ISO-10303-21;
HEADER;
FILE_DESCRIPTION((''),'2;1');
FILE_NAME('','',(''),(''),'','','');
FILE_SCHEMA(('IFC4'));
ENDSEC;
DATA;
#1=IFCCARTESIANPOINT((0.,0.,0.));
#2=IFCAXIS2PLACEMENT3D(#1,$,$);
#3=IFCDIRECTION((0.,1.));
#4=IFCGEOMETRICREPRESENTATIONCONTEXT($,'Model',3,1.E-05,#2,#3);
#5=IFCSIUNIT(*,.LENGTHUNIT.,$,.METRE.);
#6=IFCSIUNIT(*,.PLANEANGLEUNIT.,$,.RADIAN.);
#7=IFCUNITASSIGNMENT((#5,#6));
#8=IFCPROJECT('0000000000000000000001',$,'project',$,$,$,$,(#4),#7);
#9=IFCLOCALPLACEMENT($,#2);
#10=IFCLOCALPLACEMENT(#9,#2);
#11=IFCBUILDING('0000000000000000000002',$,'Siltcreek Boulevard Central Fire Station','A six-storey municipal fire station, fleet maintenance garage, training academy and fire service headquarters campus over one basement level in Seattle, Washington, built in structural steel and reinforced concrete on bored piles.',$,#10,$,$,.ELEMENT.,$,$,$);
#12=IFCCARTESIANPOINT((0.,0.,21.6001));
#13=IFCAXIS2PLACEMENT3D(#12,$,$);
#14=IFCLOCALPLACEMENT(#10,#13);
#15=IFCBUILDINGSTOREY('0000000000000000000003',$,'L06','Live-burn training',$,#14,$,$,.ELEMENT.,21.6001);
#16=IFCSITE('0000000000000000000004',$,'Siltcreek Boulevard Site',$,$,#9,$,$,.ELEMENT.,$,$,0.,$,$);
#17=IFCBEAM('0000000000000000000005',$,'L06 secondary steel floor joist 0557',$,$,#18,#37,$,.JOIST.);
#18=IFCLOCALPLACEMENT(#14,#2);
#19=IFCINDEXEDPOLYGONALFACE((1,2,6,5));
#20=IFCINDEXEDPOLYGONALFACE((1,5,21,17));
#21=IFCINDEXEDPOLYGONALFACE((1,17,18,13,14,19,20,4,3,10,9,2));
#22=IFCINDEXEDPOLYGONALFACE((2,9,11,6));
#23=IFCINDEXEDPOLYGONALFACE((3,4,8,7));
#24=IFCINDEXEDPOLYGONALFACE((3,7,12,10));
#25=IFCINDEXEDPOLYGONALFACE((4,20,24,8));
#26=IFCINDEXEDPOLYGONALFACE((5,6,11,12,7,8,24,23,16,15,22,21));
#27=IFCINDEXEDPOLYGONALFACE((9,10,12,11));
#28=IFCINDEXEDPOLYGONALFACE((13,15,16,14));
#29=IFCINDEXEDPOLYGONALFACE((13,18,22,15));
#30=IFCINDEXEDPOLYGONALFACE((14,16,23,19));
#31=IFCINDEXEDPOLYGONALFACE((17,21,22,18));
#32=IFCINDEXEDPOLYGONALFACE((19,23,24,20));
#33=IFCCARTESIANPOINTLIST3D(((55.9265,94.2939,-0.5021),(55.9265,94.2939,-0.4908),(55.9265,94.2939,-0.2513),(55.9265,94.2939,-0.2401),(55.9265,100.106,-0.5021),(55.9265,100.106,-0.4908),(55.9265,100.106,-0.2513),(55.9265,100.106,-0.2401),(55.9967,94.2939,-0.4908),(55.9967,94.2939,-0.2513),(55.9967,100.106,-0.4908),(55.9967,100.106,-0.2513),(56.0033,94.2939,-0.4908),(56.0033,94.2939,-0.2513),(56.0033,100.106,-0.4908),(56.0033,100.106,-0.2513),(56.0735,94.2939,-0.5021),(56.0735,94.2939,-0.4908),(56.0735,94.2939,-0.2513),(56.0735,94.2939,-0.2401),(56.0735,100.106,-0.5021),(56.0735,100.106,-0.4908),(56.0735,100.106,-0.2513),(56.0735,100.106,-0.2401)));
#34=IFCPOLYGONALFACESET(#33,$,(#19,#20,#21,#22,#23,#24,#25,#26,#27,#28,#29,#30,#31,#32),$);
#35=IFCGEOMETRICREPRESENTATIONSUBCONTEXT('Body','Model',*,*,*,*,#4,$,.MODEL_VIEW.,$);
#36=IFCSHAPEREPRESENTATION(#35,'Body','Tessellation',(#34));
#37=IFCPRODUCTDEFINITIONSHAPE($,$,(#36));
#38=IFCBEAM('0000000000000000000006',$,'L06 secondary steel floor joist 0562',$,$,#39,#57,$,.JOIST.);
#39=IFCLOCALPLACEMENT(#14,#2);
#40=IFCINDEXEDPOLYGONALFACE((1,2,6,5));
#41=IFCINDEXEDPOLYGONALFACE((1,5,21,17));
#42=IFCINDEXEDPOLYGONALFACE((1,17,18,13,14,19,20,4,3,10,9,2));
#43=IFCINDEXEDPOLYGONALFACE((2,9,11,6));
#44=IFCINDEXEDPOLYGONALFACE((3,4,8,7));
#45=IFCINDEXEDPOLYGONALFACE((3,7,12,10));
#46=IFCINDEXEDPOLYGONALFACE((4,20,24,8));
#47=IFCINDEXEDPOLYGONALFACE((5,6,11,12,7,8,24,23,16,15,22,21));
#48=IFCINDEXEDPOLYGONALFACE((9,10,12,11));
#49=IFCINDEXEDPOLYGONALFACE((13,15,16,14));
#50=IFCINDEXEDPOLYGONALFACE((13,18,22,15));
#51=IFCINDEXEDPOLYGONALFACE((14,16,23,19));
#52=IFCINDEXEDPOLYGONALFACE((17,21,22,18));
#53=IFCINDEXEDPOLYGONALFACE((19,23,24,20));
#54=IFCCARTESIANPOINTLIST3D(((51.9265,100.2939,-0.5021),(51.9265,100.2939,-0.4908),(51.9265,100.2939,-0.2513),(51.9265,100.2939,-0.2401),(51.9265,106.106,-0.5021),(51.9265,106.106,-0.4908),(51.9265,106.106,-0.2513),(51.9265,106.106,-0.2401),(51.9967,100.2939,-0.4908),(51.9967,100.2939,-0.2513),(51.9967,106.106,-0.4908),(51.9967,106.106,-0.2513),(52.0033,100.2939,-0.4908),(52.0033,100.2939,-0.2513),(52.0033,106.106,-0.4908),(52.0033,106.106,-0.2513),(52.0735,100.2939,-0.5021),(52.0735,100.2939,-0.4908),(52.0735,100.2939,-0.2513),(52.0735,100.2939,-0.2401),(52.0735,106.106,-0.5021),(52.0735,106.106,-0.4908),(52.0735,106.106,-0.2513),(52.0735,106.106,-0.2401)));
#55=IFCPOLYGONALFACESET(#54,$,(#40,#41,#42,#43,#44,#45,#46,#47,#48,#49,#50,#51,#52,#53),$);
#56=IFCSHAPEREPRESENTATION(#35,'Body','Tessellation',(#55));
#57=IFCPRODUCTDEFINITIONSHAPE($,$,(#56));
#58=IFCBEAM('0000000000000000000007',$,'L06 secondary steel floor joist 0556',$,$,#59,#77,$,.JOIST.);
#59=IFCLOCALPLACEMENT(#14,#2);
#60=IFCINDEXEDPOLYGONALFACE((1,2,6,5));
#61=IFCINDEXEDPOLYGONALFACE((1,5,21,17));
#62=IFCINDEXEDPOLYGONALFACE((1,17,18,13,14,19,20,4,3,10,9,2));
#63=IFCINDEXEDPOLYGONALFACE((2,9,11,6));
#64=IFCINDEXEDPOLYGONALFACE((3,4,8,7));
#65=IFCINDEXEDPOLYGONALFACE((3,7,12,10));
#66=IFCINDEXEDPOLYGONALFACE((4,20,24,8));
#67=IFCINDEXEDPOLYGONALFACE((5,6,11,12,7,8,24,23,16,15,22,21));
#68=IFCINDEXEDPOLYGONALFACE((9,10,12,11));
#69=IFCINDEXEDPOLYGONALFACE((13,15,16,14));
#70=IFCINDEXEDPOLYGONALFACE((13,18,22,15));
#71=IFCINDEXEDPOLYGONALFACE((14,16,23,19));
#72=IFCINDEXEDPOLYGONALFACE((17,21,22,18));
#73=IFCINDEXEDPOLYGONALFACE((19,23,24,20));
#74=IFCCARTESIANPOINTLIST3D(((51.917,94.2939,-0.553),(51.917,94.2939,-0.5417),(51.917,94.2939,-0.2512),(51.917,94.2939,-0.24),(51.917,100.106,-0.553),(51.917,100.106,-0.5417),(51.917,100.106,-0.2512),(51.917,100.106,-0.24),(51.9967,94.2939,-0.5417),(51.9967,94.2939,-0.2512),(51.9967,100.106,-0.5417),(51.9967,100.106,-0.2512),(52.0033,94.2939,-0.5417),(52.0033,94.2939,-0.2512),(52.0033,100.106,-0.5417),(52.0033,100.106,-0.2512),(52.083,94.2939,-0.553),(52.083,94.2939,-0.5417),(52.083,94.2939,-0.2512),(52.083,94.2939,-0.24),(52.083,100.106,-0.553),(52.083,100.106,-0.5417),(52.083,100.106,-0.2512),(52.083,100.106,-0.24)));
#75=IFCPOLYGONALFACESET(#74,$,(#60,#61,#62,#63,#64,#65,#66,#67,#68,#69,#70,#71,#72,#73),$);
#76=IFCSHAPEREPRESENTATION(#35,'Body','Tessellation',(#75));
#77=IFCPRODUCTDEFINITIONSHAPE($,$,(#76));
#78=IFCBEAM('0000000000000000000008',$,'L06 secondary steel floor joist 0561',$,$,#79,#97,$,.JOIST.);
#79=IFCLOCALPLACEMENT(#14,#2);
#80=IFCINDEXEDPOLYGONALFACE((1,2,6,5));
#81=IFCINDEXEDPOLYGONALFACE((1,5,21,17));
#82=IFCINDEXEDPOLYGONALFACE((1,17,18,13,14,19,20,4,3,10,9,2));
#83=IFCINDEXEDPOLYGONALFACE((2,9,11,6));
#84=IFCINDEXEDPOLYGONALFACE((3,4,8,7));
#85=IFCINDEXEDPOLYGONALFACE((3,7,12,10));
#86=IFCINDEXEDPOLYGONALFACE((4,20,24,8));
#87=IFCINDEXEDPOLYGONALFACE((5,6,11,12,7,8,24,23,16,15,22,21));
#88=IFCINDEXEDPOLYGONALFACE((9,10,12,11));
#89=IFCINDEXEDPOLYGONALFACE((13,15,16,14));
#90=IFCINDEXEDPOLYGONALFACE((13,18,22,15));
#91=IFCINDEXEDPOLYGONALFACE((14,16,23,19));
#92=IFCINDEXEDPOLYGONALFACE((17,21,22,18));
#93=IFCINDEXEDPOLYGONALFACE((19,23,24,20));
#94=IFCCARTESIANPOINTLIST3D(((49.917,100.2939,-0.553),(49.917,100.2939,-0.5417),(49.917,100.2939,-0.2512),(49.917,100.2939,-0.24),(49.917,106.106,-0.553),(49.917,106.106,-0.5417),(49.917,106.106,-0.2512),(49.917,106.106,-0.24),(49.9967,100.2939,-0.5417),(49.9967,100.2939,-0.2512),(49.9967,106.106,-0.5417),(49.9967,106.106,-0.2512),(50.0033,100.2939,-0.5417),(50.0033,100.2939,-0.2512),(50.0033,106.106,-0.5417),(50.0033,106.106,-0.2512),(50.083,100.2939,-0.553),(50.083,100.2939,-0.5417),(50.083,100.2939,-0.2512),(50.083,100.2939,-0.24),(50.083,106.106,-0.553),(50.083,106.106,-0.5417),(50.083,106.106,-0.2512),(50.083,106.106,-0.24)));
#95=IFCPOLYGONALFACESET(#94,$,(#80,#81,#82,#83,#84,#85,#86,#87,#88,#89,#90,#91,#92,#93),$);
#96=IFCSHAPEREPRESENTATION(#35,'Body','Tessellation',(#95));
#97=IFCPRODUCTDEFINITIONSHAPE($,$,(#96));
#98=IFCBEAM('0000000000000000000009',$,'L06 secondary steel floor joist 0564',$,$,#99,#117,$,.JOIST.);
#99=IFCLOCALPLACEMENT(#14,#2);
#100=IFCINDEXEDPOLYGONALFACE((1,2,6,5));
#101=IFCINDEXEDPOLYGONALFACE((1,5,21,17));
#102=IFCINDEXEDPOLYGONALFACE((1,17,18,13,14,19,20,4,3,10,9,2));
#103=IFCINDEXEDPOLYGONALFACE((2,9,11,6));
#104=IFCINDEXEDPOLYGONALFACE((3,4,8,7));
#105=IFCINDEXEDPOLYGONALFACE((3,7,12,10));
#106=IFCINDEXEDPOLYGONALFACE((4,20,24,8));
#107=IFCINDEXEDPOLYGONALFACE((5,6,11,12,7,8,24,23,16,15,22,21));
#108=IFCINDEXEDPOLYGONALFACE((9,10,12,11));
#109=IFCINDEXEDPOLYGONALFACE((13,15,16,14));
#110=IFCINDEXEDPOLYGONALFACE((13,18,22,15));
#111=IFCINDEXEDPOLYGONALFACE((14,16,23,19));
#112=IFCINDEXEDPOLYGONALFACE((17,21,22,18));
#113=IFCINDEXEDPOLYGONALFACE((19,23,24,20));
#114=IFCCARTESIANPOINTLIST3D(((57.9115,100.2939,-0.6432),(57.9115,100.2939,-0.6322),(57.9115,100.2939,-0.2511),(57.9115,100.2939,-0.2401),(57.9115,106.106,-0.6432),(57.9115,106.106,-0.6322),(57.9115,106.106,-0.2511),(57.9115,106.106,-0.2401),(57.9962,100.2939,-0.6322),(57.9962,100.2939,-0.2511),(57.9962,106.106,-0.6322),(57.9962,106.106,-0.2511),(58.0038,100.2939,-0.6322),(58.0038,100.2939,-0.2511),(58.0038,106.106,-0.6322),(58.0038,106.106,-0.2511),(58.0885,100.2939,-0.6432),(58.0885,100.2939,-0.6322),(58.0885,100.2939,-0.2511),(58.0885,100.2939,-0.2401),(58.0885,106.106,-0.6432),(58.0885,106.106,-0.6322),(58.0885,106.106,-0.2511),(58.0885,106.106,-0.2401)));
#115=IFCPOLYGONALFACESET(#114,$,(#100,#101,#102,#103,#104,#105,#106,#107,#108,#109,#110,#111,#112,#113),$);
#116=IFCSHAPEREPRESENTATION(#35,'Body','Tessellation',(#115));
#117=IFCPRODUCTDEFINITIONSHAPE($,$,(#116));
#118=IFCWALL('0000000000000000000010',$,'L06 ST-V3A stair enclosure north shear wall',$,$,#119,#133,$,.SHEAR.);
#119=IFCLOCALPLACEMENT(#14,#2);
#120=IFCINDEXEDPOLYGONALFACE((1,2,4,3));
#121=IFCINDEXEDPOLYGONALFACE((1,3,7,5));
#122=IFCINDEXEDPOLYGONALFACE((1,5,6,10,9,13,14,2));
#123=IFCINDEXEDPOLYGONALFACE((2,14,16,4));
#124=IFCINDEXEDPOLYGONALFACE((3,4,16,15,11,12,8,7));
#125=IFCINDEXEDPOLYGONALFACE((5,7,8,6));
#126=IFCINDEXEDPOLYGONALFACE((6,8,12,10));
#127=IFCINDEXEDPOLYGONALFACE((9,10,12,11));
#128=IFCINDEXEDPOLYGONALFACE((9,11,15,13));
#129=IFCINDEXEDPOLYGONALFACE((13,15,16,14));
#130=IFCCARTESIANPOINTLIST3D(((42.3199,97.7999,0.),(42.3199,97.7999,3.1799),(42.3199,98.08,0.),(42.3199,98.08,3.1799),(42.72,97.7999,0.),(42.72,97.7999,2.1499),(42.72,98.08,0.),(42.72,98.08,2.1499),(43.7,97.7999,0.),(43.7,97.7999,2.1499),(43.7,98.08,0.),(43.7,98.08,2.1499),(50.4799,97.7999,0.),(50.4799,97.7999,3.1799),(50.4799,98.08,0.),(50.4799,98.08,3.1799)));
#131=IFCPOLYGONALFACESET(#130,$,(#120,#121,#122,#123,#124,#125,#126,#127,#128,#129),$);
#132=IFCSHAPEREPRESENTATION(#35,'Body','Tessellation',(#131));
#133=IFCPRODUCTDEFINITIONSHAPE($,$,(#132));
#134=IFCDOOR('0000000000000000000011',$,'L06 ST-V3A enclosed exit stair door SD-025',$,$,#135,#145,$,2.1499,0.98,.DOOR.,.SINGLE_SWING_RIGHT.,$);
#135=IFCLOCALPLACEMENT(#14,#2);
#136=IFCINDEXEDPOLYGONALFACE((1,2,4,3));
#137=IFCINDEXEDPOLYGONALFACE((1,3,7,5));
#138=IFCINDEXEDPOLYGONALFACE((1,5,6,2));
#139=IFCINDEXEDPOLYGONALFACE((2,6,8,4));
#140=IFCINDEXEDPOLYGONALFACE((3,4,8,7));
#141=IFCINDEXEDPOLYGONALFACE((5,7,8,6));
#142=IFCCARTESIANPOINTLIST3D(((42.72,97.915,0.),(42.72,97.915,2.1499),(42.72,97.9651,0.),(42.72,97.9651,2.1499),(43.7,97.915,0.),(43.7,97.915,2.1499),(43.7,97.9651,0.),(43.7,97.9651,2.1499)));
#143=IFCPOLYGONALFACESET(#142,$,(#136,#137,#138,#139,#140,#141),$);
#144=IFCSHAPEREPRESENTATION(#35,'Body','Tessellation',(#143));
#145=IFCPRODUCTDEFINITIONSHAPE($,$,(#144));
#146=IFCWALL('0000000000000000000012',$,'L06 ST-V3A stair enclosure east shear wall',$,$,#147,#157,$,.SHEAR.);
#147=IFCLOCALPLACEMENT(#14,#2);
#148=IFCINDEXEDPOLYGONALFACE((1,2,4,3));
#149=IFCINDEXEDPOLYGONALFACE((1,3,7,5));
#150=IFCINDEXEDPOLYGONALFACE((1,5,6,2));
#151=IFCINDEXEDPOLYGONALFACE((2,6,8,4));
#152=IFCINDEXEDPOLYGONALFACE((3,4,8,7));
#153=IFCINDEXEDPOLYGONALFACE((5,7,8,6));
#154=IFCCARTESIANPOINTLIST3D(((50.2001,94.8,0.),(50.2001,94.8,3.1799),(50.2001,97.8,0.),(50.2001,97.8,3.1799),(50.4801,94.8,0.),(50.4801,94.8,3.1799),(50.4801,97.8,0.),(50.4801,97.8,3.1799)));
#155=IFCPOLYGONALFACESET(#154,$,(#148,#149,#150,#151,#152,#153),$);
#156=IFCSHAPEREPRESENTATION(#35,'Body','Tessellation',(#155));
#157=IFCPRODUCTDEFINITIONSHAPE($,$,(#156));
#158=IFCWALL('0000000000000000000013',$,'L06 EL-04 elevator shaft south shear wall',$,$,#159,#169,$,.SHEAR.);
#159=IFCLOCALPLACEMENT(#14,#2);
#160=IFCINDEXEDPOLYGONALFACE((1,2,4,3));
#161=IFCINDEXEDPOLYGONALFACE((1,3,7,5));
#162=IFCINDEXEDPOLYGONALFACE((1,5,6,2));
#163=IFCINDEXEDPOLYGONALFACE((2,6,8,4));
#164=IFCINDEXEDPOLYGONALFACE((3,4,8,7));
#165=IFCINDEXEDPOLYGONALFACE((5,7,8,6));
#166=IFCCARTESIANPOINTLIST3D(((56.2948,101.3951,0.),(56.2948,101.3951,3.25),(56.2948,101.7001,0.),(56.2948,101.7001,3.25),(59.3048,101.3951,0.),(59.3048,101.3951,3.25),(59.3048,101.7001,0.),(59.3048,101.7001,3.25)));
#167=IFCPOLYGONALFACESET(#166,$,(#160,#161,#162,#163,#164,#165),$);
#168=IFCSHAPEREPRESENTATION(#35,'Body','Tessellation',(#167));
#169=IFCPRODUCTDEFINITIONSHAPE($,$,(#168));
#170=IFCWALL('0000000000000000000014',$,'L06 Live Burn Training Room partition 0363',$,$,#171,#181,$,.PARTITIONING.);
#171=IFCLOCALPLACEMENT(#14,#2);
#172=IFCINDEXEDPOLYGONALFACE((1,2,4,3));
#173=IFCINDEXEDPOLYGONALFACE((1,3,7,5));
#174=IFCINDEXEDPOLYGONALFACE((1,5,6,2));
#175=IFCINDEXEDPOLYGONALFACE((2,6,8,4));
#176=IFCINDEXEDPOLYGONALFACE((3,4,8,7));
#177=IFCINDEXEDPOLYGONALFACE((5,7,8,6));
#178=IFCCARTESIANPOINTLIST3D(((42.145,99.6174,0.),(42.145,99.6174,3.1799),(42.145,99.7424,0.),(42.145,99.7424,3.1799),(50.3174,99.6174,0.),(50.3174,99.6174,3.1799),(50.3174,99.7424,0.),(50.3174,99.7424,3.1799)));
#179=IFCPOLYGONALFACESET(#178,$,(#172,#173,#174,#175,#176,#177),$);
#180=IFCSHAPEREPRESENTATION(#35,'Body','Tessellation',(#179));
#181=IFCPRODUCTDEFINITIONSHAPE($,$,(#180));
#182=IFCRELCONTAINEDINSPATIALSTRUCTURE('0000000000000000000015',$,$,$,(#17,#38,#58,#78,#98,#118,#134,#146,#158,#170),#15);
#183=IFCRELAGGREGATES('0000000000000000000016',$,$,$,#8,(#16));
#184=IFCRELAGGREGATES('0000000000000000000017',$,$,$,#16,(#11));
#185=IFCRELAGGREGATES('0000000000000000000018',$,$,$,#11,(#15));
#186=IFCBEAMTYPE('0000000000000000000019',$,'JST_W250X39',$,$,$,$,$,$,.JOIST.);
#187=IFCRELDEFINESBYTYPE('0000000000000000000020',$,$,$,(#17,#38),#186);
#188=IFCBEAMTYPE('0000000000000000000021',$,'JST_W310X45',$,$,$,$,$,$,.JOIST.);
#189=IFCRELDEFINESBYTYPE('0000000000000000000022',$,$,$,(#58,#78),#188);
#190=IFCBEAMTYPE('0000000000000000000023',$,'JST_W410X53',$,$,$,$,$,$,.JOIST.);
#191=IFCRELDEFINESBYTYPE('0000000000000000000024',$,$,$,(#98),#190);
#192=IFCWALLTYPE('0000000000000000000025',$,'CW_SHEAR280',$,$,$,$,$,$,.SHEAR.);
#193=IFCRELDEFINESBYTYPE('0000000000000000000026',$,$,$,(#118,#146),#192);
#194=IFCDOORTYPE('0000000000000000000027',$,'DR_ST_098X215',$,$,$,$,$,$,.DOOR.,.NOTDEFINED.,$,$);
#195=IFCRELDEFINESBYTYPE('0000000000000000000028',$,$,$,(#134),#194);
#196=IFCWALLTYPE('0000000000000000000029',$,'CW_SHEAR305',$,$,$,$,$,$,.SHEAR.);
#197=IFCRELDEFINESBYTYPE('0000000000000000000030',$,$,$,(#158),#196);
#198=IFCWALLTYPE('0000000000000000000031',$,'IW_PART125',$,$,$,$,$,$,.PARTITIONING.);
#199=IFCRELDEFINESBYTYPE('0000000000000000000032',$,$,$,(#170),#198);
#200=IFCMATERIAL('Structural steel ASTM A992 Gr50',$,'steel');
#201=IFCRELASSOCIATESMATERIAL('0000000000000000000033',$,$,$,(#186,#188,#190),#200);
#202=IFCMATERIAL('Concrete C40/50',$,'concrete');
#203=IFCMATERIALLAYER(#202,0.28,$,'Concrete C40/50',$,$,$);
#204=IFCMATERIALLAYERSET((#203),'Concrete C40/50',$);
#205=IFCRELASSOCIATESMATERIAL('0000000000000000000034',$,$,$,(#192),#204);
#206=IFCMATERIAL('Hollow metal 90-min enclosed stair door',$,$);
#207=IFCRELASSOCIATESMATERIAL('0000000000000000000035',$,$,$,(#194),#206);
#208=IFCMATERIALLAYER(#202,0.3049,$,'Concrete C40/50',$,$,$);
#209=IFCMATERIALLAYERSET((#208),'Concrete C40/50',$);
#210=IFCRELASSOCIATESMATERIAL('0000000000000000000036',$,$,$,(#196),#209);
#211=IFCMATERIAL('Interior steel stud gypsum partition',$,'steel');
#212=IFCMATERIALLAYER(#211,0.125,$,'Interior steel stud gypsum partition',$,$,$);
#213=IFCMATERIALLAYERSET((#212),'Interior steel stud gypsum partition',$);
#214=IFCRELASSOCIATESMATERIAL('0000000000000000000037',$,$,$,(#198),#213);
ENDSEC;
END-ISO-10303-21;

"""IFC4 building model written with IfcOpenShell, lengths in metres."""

from ifc_helpers import new_model, si_unit, direction, frame, frame_2d, origin, origin_2d, place, context, subcontext, project, spatial, rectangle, i_section, extrude, material, layer, layer_set, material_profile, profile_set, type_object, element, fill, save


model = new_model("IFC4")

# Units and contexts
model_context = context("Model", 3, precision=1e-05, world=origin(), true_north=direction((0.0, 1.0)))
body_context = subcontext(model_context, "Body", "Model", "MODEL_VIEW")
ifc_project = project(units=[si_unit("LENGTHUNIT", "METRE"), si_unit("PLANEANGLEUNIT", "RADIAN")], contexts=[model_context])

# Site, building, storey
site_placement = place(None, origin())
site = spatial("IfcSite", under=ifc_project, at=site_placement, Name="Siltcreek Boulevard Site", CompositionType="ELEMENT", RefElevation=0.0)
building_placement = place(site_placement, origin())
building = spatial("IfcBuilding", under=site, at=building_placement, Name="Siltcreek Boulevard Central Fire Station", Description="A six-storey municipal fire station, fleet maintenance garage, training academy and fire service headquarters campus over one basement level in Seattle, Washington, built in structural steel and reinforced concrete on bored piles.", CompositionType="ELEMENT")
storey_placement = place(building_placement, frame((0.0, 0.0, 21.6001)))
storey = spatial("IfcBuildingStorey", under=building, at=storey_placement, Name="L06", Description="Live-burn training", CompositionType="ELEMENT", Elevation=21.6001)

# Shared definitions
ifc_material_1 = material(Name="Structural steel ASTM A992 Gr50", Category="steel")

# Beams
ifc_material_profile_1 = material_profile(ifc_material_1, i_section(OverallWidth=0.147, OverallDepth=0.262, WebThickness=0.0066, FlangeThickness=0.0112, at=origin_2d()), Name="W250X39")
ifc_profile_set_1 = profile_set([ifc_material_profile_1], Name="Structural steel ASTM A992 Gr50")
beam_type_1 = type_object("IfcBeamType", Name="JST_W250X39", PredefinedType="JOIST", material=ifc_profile_set_1)
for number, where, z_axis, x_axis, name in (
    (1, (56.0, 94.2939, -0.3711), (0.0, 1.0, 0.0), (-1.0, 0.0, 0.0), "L06 secondary steel floor joist 0557"),
    (2, (52.0, 100.2939, -0.3711), (0.0, 1.0, 0.0), (-1.0, 0.0, 0.0), "L06 secondary steel floor joist 0562"),
):
    element("IfcBeam", number, at=place(storey_placement, frame(where, z_axis=z_axis, x_axis=x_axis)), inside=storey, type_object=beam_type_1, Name=name, PredefinedType="JOIST", context=body_context, shape_type="SweptSolid", body=[
        extrude(i_section(OverallWidth=0.147, OverallDepth=0.262, WebThickness=0.0066, FlangeThickness=0.0112, at=origin_2d()), origin(), (0.0, 0.0, 1.0), 5.812),
    ])
ifc_material_profile_2 = material_profile(ifc_material_1, i_section(OverallWidth=0.166, OverallDepth=0.313, WebThickness=0.0066, FlangeThickness=0.0112, at=origin_2d()), Name="W310X45")
ifc_profile_set_2 = profile_set([ifc_material_profile_2], Name="Structural steel ASTM A992 Gr50")
beam_type_2 = type_object("IfcBeamType", Name="JST_W310X45", PredefinedType="JOIST", material=ifc_profile_set_2)
for number, where, z_axis, x_axis, name in (
    (3, (52.0, 94.2939, -0.3965), (0.0, 1.0, 0.0), (-1.0, 0.0, 0.0), "L06 secondary steel floor joist 0556"),
    (4, (50.0, 100.2939, -0.3965), (0.0, 1.0, 0.0), (-1.0, 0.0, 0.0), "L06 secondary steel floor joist 0561"),
):
    element("IfcBeam", number, at=place(storey_placement, frame(where, z_axis=z_axis, x_axis=x_axis)), inside=storey, type_object=beam_type_2, Name=name, PredefinedType="JOIST", context=body_context, shape_type="SweptSolid", body=[
        extrude(i_section(OverallWidth=0.166, OverallDepth=0.313, WebThickness=0.0066, FlangeThickness=0.0112, at=origin_2d()), origin(), (0.0, 0.0, 1.0), 5.812),
    ])
ifc_material_profile_3 = material_profile(ifc_material_1, i_section(OverallWidth=0.177, OverallDepth=0.4031, WebThickness=0.0076, FlangeThickness=0.011, at=origin_2d()), Name="W410X53")
ifc_profile_set_3 = profile_set([ifc_material_profile_3], Name="Structural steel ASTM A992 Gr50")
beam_type_3 = type_object("IfcBeamType", Name="JST_W410X53", PredefinedType="JOIST", material=ifc_profile_set_3)
beam_placement = place(storey_placement, frame((58.0, 100.2939, -0.4417), z_axis=(0.0, 1.0, 0.0), x_axis=(-1.0, 0.0, 0.0)))
element("IfcBeam", 5, at=beam_placement, inside=storey, type_object=beam_type_3, Name="L06 secondary steel floor joist 0564", PredefinedType="JOIST", context=body_context, shape_type="SweptSolid", body=[
    extrude(i_section(OverallWidth=0.177, OverallDepth=0.4031, WebThickness=0.0076, FlangeThickness=0.011, at=origin_2d()), origin(), (0.0, 0.0, 1.0), 5.812),
])

# Wall, opening, door
ifc_material_2 = material(Name="Concrete C40/50", Category="concrete")
ifc_layer_1 = layer(ifc_material_2, 0.28, Name="Concrete C40/50")
ifc_layer_set_1 = layer_set([ifc_layer_1], Name="Concrete C40/50")
wall_type_1 = type_object("IfcWallType", Name="CW_SHEAR280", PredefinedType="SHEAR", material=ifc_layer_set_1)
wall_1_placement = place(storey_placement, frame((50.48, 97.9399, 0.0), z_axis=(0.0, 0.0, 1.0), x_axis=(-1.0, 0.0, 0.0)))
wall_1 = element("IfcWall", 6, at=wall_1_placement, inside=storey, type_object=wall_type_1, Name="L06 ST-V3A stair enclosure north shear wall", PredefinedType="SHEAR", context=body_context, shape_type="SweptSolid", body=[
    extrude(rectangle(XDim=8.1599, YDim=0.28, at=frame_2d((4.0801, 0.0))), origin(), (0.0, 0.0, 1.0), 3.1799),
])
opening_1_placement = place(wall_1_placement, frame((6.78, 0.0, 0.0)))
opening_1 = element("IfcOpeningElement", 7, at=opening_1_placement, cuts=wall_1, PredefinedType="OPENING", context=body_context, shape_type="SweptSolid", body=[
    extrude(rectangle(XDim=0.98, YDim=2.1499, at=frame_2d((0.49, 1.075))), frame((0.0, 0.1499, 0.0), z_axis=(0.0, -1.0, 0.0), x_axis=(1.0, 0.0, 0.0)), (0.0, 0.0, 1.0), 0.3),
])
ifc_material_3 = material(Name="Hollow metal 90-min enclosed stair door")
door_type_1 = type_object("IfcDoorType", Name="DR_ST_098X215", OperationType="NOTDEFINED", PredefinedType="DOOR", material=ifc_material_3)
door_1_placement = place(opening_1_placement, origin())
door_1 = element("IfcDoor", 8, at=door_1_placement, inside=storey, type_object=door_type_1, Name="L06 ST-V3A enclosed exit stair door SD-025", OperationType="SINGLE_SWING_RIGHT", OverallHeight=2.1499, OverallWidth=0.98, PredefinedType="DOOR", context=body_context, shape_type="SweptSolid", body=[
    extrude(rectangle(XDim=0.98, YDim=2.1499, at=frame_2d((0.49, 1.075))), frame((0.0, 0.0249, 0.0), z_axis=(0.0, -1.0, 0.0), x_axis=(1.0, 0.0, 0.0)), (0.0, 0.0, 1.0), 0.05),
])
fill(opening_1, door_1)

# Walls
wall_2_placement = place(storey_placement, frame((50.3401, 94.8, 0.0), z_axis=(0.0, 0.0, 1.0), x_axis=(0.0, 1.0, 0.0)))
element("IfcWall", 9, at=wall_2_placement, inside=storey, type_object=wall_type_1, Name="L06 ST-V3A stair enclosure east shear wall", PredefinedType="SHEAR", context=body_context, shape_type="SweptSolid", body=[
    extrude(rectangle(XDim=3.0, YDim=0.28, at=frame_2d((1.5, 0.0))), origin(), (0.0, 0.0, 1.0), 3.1799),
])
ifc_layer_2 = layer(ifc_material_2, 0.3049, Name="Concrete C40/50")
ifc_layer_set_2 = layer_set([ifc_layer_2], Name="Concrete C40/50")
wall_type_2 = type_object("IfcWallType", Name="CW_SHEAR305", PredefinedType="SHEAR", material=ifc_layer_set_2)
wall_3_placement = place(storey_placement, frame((56.2949, 101.5476, 0.0), z_axis=(0.0, 0.0, 1.0), x_axis=(1.0, 0.0, 0.0)))
element("IfcWall", 10, at=wall_3_placement, inside=storey, type_object=wall_type_2, Name="L06 EL-04 elevator shaft south shear wall", PredefinedType="SHEAR", context=body_context, shape_type="SweptSolid", body=[
    extrude(rectangle(XDim=3.01, YDim=0.3049, at=frame_2d((1.5049, 0.0))), origin(), (0.0, 0.0, 1.0), 3.25),
])
ifc_material_4 = material(Name="Interior steel stud gypsum partition", Category="steel")
ifc_layer_3 = layer(ifc_material_4, 0.125, Name="Interior steel stud gypsum partition")
ifc_layer_set_3 = layer_set([ifc_layer_3], Name="Interior steel stud gypsum partition")
wall_type_3 = type_object("IfcWallType", Name="IW_PART125", PredefinedType="PARTITIONING", material=ifc_layer_set_3)
wall_4_placement = place(storey_placement, frame((50.3174, 99.6799, 0.0), z_axis=(0.0, 0.0, 1.0), x_axis=(-1.0, 0.0, 0.0)))
element("IfcWall", 11, at=wall_4_placement, inside=storey, type_object=wall_type_3, Name="L06 Live Burn Training Room partition 0363", PredefinedType="PARTITIONING", context=body_context, shape_type="SweptSolid", body=[
    extrude(rectangle(XDim=8.1724, YDim=0.125, at=frame_2d((4.0862, 0.0))), origin(), (0.0, 0.0, 1.0), 3.1799),
])

save(model, "model.ifc")
